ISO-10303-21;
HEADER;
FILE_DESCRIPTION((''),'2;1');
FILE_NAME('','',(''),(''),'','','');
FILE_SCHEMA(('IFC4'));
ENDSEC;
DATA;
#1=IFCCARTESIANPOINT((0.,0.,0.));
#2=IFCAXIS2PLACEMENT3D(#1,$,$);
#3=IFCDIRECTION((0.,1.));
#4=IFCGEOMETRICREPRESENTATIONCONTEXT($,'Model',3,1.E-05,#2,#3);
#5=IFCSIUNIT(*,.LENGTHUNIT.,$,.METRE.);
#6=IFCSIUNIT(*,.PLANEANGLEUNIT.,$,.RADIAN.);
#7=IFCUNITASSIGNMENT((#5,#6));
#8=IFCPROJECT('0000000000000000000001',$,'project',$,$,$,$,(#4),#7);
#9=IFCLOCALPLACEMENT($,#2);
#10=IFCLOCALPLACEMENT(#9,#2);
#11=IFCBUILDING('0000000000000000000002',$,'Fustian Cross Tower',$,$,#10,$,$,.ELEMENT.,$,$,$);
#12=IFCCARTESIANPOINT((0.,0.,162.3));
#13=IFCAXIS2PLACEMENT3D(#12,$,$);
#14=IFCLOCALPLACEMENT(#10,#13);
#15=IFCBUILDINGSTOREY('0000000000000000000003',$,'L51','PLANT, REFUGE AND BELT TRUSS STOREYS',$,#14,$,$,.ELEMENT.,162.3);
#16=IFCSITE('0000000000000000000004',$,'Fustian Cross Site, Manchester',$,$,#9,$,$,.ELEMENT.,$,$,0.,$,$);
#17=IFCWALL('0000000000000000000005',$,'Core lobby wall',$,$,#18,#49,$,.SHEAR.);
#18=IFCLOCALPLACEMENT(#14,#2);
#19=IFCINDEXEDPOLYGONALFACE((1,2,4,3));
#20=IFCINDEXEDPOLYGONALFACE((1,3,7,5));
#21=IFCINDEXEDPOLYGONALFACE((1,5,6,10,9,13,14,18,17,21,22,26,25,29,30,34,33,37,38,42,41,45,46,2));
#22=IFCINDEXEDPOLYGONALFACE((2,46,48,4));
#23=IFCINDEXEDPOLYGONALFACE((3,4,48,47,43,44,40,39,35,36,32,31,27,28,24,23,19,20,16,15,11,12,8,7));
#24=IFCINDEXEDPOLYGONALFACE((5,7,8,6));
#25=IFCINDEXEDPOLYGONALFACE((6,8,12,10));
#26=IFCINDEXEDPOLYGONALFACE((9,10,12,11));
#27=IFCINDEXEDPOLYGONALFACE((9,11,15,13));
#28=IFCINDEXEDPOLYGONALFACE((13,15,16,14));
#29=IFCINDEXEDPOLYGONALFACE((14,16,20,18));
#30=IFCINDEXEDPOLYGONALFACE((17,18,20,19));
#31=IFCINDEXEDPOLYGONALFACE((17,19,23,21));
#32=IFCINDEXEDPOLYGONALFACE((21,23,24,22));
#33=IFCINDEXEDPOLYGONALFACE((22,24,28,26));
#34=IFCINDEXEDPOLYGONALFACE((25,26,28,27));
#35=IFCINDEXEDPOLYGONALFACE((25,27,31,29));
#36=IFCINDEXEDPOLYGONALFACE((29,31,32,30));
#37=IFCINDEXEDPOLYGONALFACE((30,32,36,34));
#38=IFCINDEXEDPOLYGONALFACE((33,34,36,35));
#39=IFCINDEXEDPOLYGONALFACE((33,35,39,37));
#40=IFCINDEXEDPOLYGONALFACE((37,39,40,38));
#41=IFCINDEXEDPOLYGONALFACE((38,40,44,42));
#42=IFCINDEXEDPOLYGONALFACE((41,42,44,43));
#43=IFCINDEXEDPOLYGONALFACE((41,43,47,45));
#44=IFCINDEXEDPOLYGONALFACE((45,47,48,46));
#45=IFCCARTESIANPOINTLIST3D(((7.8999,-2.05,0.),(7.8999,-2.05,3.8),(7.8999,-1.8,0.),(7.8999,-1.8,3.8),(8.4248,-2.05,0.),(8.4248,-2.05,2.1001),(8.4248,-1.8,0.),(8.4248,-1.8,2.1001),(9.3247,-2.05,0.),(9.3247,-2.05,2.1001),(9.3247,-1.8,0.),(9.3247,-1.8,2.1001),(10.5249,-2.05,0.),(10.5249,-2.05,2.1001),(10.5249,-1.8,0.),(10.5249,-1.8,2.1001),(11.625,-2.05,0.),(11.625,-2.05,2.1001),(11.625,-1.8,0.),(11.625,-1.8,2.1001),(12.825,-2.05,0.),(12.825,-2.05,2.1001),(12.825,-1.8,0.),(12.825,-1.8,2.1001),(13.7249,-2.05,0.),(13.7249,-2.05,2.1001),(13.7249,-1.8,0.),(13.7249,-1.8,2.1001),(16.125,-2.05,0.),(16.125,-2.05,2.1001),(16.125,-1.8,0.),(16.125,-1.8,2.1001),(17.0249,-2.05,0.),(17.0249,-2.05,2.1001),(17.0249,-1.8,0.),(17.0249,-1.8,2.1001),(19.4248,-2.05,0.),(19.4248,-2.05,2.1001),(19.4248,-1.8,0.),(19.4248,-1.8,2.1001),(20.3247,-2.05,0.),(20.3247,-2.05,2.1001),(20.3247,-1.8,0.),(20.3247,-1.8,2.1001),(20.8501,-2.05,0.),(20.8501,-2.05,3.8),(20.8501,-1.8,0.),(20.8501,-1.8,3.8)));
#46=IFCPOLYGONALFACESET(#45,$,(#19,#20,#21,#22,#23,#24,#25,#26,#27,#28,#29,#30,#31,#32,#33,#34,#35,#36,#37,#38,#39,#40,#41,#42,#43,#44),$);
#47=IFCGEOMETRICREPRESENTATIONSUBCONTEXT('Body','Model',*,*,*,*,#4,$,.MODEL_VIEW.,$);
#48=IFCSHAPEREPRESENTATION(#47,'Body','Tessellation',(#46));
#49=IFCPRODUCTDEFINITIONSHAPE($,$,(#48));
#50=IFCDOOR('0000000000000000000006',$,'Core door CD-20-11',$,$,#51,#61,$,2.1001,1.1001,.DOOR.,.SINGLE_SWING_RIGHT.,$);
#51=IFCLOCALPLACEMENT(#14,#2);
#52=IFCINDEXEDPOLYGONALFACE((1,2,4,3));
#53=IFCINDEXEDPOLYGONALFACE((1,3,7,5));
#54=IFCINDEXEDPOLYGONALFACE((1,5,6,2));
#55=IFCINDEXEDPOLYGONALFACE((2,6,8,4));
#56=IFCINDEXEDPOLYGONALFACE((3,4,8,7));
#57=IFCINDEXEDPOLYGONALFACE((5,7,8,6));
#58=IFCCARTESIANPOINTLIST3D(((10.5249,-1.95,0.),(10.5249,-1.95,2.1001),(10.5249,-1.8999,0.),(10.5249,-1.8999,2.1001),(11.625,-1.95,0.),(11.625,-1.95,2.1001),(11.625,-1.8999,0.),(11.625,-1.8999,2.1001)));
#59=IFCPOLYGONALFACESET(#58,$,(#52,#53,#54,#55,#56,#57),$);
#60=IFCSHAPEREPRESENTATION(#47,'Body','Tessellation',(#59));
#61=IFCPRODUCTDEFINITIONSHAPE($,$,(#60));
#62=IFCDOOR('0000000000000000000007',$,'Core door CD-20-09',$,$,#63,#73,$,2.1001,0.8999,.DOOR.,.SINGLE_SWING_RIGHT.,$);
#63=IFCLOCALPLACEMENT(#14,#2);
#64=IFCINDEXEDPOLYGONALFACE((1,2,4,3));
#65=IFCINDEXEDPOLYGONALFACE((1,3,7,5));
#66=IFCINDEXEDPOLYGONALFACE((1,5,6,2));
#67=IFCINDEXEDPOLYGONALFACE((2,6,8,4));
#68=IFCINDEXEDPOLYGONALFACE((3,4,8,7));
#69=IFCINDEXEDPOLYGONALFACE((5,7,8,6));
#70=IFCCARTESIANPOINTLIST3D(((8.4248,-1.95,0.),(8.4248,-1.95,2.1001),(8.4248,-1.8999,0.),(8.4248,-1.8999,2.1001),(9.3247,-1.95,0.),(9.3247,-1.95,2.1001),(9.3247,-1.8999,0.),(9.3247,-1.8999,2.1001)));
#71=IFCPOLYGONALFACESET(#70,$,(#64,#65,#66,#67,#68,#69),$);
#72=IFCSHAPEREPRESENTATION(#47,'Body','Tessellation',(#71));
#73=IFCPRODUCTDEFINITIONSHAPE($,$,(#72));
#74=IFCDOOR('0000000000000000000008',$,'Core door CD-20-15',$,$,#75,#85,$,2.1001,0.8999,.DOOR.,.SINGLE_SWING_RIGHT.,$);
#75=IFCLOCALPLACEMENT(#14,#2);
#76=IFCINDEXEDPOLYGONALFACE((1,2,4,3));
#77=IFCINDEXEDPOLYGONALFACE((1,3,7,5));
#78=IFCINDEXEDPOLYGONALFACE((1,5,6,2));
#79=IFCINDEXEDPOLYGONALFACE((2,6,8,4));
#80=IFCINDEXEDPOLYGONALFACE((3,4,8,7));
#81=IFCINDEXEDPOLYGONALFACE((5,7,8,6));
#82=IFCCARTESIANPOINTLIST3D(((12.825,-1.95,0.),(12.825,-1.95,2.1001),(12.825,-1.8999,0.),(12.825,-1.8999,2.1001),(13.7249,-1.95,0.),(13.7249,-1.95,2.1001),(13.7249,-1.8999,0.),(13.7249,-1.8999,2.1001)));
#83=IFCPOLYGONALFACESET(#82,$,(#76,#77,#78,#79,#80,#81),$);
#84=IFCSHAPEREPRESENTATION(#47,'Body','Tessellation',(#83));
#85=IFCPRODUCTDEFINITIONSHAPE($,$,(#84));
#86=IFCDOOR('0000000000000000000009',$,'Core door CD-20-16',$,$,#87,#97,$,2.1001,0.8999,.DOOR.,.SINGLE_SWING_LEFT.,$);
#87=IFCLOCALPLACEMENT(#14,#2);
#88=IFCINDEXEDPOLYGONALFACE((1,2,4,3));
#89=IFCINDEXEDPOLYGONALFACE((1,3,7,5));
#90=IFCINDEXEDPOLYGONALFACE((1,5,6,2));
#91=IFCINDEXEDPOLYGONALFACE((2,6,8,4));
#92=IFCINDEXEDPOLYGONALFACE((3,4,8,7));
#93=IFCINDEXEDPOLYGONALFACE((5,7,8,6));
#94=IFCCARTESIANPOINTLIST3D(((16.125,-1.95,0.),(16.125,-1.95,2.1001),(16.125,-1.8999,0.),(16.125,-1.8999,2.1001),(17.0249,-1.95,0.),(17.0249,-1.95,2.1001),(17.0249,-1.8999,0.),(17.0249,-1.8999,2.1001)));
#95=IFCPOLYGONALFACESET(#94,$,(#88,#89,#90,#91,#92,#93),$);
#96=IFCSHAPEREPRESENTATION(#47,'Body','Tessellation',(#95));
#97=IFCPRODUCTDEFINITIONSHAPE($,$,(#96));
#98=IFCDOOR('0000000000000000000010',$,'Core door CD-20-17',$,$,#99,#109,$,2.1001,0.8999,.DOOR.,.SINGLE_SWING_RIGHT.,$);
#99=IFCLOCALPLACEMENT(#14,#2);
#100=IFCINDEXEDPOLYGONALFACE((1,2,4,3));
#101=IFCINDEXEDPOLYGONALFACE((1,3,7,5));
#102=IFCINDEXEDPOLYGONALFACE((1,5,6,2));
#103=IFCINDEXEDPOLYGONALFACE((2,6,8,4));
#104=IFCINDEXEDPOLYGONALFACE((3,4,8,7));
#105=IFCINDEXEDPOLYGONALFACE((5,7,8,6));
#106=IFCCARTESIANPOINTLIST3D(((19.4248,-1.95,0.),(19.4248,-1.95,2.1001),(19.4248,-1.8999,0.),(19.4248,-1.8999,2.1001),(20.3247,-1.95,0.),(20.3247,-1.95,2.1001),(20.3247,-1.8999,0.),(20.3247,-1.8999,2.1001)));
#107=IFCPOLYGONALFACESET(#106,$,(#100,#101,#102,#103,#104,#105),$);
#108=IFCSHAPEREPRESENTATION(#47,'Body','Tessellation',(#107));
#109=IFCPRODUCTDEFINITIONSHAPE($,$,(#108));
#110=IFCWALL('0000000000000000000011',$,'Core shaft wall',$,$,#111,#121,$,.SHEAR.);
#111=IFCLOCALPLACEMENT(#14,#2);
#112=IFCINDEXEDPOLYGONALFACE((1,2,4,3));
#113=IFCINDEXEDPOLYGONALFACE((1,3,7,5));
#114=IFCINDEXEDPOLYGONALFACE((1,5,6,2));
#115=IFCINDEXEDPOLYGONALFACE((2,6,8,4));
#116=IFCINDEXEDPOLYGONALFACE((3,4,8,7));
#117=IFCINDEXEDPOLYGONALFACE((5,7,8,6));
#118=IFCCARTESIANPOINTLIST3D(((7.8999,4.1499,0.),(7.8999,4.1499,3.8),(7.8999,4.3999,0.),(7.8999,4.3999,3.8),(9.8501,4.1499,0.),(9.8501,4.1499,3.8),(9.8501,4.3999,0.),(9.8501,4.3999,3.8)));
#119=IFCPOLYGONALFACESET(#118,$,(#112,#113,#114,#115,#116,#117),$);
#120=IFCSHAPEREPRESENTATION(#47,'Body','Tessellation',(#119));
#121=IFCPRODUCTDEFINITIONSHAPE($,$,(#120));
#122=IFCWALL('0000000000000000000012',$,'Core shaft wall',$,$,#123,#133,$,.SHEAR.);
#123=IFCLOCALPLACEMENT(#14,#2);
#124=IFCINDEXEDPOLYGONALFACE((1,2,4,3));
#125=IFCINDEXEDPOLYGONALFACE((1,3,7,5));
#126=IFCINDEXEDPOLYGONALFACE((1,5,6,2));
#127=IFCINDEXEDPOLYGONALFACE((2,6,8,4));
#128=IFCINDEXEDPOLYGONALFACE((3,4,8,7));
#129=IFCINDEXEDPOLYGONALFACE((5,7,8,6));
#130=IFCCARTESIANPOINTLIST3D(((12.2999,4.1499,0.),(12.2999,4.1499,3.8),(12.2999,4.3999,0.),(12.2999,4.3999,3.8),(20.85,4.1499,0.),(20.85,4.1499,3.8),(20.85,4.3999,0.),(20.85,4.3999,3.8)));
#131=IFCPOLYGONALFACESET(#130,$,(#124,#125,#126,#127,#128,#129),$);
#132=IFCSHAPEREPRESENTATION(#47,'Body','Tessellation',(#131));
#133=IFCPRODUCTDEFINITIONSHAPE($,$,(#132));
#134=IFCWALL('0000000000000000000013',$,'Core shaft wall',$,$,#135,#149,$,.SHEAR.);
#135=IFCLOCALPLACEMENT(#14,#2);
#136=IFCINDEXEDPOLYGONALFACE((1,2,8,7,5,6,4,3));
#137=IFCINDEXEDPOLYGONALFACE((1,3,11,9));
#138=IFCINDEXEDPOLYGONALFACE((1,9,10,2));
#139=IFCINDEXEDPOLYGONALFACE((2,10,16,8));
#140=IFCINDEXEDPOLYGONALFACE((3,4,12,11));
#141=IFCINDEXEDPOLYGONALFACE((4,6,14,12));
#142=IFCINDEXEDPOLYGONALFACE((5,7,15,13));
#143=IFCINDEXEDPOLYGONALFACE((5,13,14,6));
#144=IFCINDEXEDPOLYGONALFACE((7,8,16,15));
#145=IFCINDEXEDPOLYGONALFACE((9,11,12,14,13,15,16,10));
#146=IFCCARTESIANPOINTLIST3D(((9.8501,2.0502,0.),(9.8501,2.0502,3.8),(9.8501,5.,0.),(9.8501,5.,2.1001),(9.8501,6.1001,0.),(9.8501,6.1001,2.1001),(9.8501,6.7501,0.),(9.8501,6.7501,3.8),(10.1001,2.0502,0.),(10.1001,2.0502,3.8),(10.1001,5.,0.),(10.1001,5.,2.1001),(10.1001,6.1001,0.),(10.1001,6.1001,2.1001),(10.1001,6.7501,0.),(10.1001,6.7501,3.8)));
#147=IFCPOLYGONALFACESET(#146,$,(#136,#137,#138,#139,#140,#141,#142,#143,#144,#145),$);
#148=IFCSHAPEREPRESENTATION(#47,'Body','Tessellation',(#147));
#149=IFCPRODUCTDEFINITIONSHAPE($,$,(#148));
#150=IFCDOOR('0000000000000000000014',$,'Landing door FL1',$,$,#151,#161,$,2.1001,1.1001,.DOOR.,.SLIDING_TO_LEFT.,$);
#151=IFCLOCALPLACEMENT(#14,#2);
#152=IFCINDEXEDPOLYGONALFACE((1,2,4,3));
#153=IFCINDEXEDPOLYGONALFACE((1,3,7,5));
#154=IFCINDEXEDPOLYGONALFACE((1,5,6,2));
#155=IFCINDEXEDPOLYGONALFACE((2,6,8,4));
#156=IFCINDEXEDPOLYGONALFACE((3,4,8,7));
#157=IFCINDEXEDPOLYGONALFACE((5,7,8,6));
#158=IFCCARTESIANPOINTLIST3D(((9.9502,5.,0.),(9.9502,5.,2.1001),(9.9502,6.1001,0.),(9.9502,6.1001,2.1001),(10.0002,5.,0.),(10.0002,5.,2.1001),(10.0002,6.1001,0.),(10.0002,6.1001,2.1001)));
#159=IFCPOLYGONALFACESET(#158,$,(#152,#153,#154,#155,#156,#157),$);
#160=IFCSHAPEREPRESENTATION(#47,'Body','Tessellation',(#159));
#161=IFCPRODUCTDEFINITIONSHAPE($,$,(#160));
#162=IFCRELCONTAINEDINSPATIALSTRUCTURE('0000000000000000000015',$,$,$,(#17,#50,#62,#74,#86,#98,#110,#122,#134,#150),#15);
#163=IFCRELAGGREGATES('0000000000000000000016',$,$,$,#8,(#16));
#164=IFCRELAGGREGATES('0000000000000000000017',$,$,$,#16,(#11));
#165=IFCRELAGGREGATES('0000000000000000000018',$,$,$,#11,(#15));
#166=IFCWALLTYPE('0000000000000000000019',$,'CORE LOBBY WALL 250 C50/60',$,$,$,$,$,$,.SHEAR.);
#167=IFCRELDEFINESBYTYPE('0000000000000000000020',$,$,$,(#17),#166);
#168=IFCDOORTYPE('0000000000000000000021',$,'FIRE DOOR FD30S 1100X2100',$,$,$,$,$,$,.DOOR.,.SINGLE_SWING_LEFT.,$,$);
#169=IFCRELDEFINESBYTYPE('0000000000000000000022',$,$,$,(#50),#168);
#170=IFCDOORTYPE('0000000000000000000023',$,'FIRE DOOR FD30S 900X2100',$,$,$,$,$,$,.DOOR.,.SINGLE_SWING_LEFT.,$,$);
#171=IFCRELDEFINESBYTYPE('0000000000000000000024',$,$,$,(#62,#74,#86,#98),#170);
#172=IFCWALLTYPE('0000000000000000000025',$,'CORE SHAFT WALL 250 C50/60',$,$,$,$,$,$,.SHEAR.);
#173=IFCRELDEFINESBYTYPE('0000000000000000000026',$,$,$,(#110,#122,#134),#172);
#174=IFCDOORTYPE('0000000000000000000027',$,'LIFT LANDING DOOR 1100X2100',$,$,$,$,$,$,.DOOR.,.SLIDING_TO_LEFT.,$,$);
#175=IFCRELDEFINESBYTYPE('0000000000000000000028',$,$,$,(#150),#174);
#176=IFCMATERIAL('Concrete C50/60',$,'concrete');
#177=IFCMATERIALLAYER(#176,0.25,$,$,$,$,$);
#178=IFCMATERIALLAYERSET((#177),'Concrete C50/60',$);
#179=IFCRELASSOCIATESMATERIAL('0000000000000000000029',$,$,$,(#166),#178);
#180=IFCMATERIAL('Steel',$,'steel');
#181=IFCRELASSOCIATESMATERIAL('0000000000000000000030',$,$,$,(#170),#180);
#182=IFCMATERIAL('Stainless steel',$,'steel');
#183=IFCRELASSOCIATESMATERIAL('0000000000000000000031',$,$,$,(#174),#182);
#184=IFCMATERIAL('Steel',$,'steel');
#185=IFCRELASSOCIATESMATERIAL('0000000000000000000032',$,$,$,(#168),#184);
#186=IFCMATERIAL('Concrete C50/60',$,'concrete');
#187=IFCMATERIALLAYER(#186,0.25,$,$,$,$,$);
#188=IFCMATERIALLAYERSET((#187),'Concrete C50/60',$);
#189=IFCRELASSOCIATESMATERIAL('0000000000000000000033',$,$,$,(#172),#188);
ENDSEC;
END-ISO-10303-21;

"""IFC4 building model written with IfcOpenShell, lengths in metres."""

from ifc_helpers import new_model, si_unit, direction, frame, frame_2d, origin, place, context, subcontext, project, spatial, rectangle, extrude, material, layer, layer_set, type_object, element, fill, save


model = new_model("IFC4")

# Units and contexts
model_context = context("Model", 3, precision=1e-05, world=origin(), true_north=direction((0.0, 1.0)))
body_context = subcontext(model_context, "Body", "Model", "MODEL_VIEW")
ifc_project = project(units=[si_unit("LENGTHUNIT", "METRE"), si_unit("PLANEANGLEUNIT", "RADIAN")], contexts=[model_context])

# Site, building, storey
site_placement = place(None, origin())
site = spatial("IfcSite", under=ifc_project, at=site_placement, Name="Fustian Cross Site, Manchester", CompositionType="ELEMENT", RefElevation=0.0)
building_placement = place(site_placement, origin())
building = spatial("IfcBuilding", under=site, at=building_placement, Name="Fustian Cross Tower", CompositionType="ELEMENT")
storey_placement = place(building_placement, frame((0.0, 0.0, 162.3)))
storey = spatial("IfcBuildingStorey", under=building, at=storey_placement, Name="L51", Description="PLANT, REFUGE AND BELT TRUSS STOREYS", CompositionType="ELEMENT", Elevation=162.3)

# Wall, openings, doors
ifc_material_1 = material(Name="Concrete C50/60", Category="concrete")
ifc_layer_1 = layer(ifc_material_1, 0.25)
ifc_layer_set_1 = layer_set([ifc_layer_1], Name="Concrete C50/60")
wall_type_1 = type_object("IfcWallType", Name="CORE LOBBY WALL 250 C50/60", PredefinedType="SHEAR", material=ifc_layer_set_1)
ifc_material_2 = material(Name="Steel", Category="steel")
door_type_1 = type_object("IfcDoorType", Name="FIRE DOOR FD30S 900X2100", OperationType="SINGLE_SWING_LEFT", PredefinedType="DOOR", material=ifc_material_2)
ifc_material_3 = material(Name="Stainless steel", Category="steel")
door_type_2 = type_object("IfcDoorType", Name="LIFT LANDING DOOR 1100X2100", OperationType="SLIDING_TO_LEFT", PredefinedType="DOOR", material=ifc_material_3)
wall_1_placement = place(storey_placement, frame((7.8999, -1.925, 0.0), z_axis=(0.0, 0.0, 1.0), x_axis=(1.0, 0.0, 0.0)))
wall_1 = element("IfcWall", 1, at=wall_1_placement, inside=storey, type_object=wall_type_1, Name="Core lobby wall", PredefinedType="SHEAR", context=body_context, shape_type="SweptSolid", body=[
    extrude(rectangle(XDim=12.9502, YDim=0.25, at=frame_2d((6.4751, 0.0))), origin(), (0.0, 0.0, 1.0), 3.8),
])
opening_1_placement = place(wall_1_placement, frame((0.5249, 0.0, 0.0)))
opening_1 = element("IfcOpeningElement", 2, at=opening_1_placement, cuts=wall_1, PredefinedType="OPENING", context=body_context, shape_type="SweptSolid", body=[
    extrude(rectangle(XDim=0.8999, YDim=2.1001, at=frame_2d((0.45, 1.05))), frame((0.0, 0.135, 0.0), z_axis=(0.0, -1.0, 0.0), x_axis=(1.0, 0.0, 0.0)), (0.0, 0.0, 1.0), 0.27),
])
opening_2_placement = place(wall_1_placement, frame((2.625, 0.0, 0.0)))
opening_2 = element("IfcOpeningElement", 3, at=opening_2_placement, cuts=wall_1, PredefinedType="OPENING", context=body_context, shape_type="SweptSolid", body=[
    extrude(rectangle(XDim=1.1001, YDim=2.1001, at=frame_2d((0.55, 1.05))), frame((0.0, 0.135, 0.0), z_axis=(0.0, -1.0, 0.0), x_axis=(1.0, 0.0, 0.0)), (0.0, 0.0, 1.0), 0.27),
])
opening_3_placement = place(wall_1_placement, frame((4.925, 0.0, 0.0)))
opening_3 = element("IfcOpeningElement", 4, at=opening_3_placement, cuts=wall_1, PredefinedType="OPENING", context=body_context, shape_type="SweptSolid", body=[
    extrude(rectangle(XDim=0.8999, YDim=2.1001, at=frame_2d((0.45, 1.05))), frame((0.0, 0.135, 0.0), z_axis=(0.0, -1.0, 0.0), x_axis=(1.0, 0.0, 0.0)), (0.0, 0.0, 1.0), 0.27),
])
opening_4_placement = place(wall_1_placement, frame((8.2251, 0.0, 0.0)))
opening_4 = element("IfcOpeningElement", 5, at=opening_4_placement, cuts=wall_1, PredefinedType="OPENING", context=body_context, shape_type="SweptSolid", body=[
    extrude(rectangle(XDim=0.8999, YDim=2.1001, at=frame_2d((0.45, 1.05))), frame((0.0, 0.135, 0.0), z_axis=(0.0, -1.0, 0.0), x_axis=(1.0, 0.0, 0.0)), (0.0, 0.0, 1.0), 0.27),
])
opening_5_placement = place(wall_1_placement, frame((11.5249, 0.0, 0.0)))
opening_5 = element("IfcOpeningElement", 6, at=opening_5_placement, cuts=wall_1, PredefinedType="OPENING", context=body_context, shape_type="SweptSolid", body=[
    extrude(rectangle(XDim=0.8999, YDim=2.1001, at=frame_2d((0.45, 1.05))), frame((0.0, 0.135, 0.0), z_axis=(0.0, -1.0, 0.0), x_axis=(1.0, 0.0, 0.0)), (0.0, 0.0, 1.0), 0.27),
])
ifc_material_4 = material(Name="Steel", Category="steel")
door_type_3 = type_object("IfcDoorType", Name="FIRE DOOR FD30S 1100X2100", OperationType="SINGLE_SWING_LEFT", PredefinedType="DOOR", material=ifc_material_4)
door_1_placement = place(opening_2_placement, frame((1.1001, 0.0, 0.0), z_axis=(0.0, 0.0, 1.0), x_axis=(-1.0, 0.0, 0.0)))
door_1 = element("IfcDoor", 7, at=door_1_placement, inside=storey, type_object=door_type_3, Name="Core door CD-20-11", OperationType="SINGLE_SWING_RIGHT", OverallHeight=2.1001, OverallWidth=1.1001, PredefinedType="DOOR", context=body_context, shape_type="SweptSolid", body=[
    extrude(rectangle(XDim=1.1001, YDim=2.1001, at=frame_2d((0.55, 1.05))), frame((0.0, 0.0249, 0.0), z_axis=(0.0, -1.0, 0.0), x_axis=(1.0, 0.0, 0.0)), (0.0, 0.0, 1.0), 0.05),
])
fill(opening_2, door_1)
door_2_placement = place(opening_1_placement, frame((0.8999, 0.0, 0.0), z_axis=(0.0, 0.0, 1.0), x_axis=(-1.0, 0.0, 0.0)))
door_2 = element("IfcDoor", 8, at=door_2_placement, inside=storey, type_object=door_type_1, Name="Core door CD-20-09", OperationType="SINGLE_SWING_RIGHT", OverallHeight=2.1001, OverallWidth=0.8999, PredefinedType="DOOR", context=body_context, shape_type="SweptSolid", body=[
    extrude(rectangle(XDim=0.8999, YDim=2.1001, at=frame_2d((0.45, 1.05))), frame((0.0, 0.0249, 0.0), z_axis=(0.0, -1.0, 0.0), x_axis=(1.0, 0.0, 0.0)), (0.0, 0.0, 1.0), 0.05),
])
fill(opening_1, door_2)
door_3_placement = place(opening_3_placement, frame((0.8999, 0.0, 0.0), z_axis=(0.0, 0.0, 1.0), x_axis=(-1.0, 0.0, 0.0)))
door_3 = element("IfcDoor", 9, at=door_3_placement, inside=storey, type_object=door_type_1, Name="Core door CD-20-15", OperationType="SINGLE_SWING_RIGHT", OverallHeight=2.1001, OverallWidth=0.8999, PredefinedType="DOOR", context=body_context, shape_type="SweptSolid", body=[
    extrude(rectangle(XDim=0.8999, YDim=2.1001, at=frame_2d((0.45, 1.05))), frame((0.0, 0.0249, 0.0), z_axis=(0.0, -1.0, 0.0), x_axis=(1.0, 0.0, 0.0)), (0.0, 0.0, 1.0), 0.05),
])
fill(opening_3, door_3)
door_4_placement = place(opening_4_placement, frame((0.8999, 0.0, 0.0), z_axis=(0.0, 0.0, 1.0), x_axis=(-1.0, 0.0, 0.0)))
door_4 = element("IfcDoor", 10, at=door_4_placement, inside=storey, type_object=door_type_1, Name="Core door CD-20-16", OperationType="SINGLE_SWING_LEFT", OverallHeight=2.1001, OverallWidth=0.8999, PredefinedType="DOOR", context=body_context, shape_type="SweptSolid", body=[
    extrude(rectangle(XDim=0.8999, YDim=2.1001, at=frame_2d((0.45, 1.05))), frame((0.0, 0.0249, 0.0), z_axis=(0.0, -1.0, 0.0), x_axis=(1.0, 0.0, 0.0)), (0.0, 0.0, 1.0), 0.05),
])
fill(opening_4, door_4)
door_5_placement = place(opening_5_placement, frame((0.8999, 0.0, 0.0), z_axis=(0.0, 0.0, 1.0), x_axis=(-1.0, 0.0, 0.0)))
door_5 = element("IfcDoor", 11, at=door_5_placement, inside=storey, type_object=door_type_1, Name="Core door CD-20-17", OperationType="SINGLE_SWING_RIGHT", OverallHeight=2.1001, OverallWidth=0.8999, PredefinedType="DOOR", context=body_context, shape_type="SweptSolid", body=[
    extrude(rectangle(XDim=0.8999, YDim=2.1001, at=frame_2d((0.45, 1.05))), frame((0.0, 0.0249, 0.0), z_axis=(0.0, -1.0, 0.0), x_axis=(1.0, 0.0, 0.0)), (0.0, 0.0, 1.0), 0.05),
])
fill(opening_5, door_5)

# Walls
ifc_material_5 = material(Name="Concrete C50/60", Category="concrete")
ifc_layer_2 = layer(ifc_material_5, 0.25)
ifc_layer_set_2 = layer_set([ifc_layer_2], Name="Concrete C50/60")
wall_type_2 = type_object("IfcWallType", Name="CORE SHAFT WALL 250 C50/60", PredefinedType="SHEAR", material=ifc_layer_set_2)
wall_2_placement = place(storey_placement, frame((7.8999, 4.2749, 0.0), z_axis=(0.0, 0.0, 1.0), x_axis=(1.0, 0.0, 0.0)))
element("IfcWall", 12, at=wall_2_placement, inside=storey, type_object=wall_type_2, Name="Core shaft wall", PredefinedType="SHEAR", context=body_context, shape_type="SweptSolid", body=[
    extrude(rectangle(XDim=1.9502, YDim=0.25, at=frame_2d((0.9751, 0.0))), origin(), (0.0, 0.0, 1.0), 3.8),
])
wall_3_placement = place(storey_placement, frame((12.3, 4.2749, 0.0), z_axis=(0.0, 0.0, 1.0), x_axis=(1.0, 0.0, 0.0)))
element("IfcWall", 13, at=wall_3_placement, inside=storey, type_object=wall_type_2, Name="Core shaft wall", PredefinedType="SHEAR", context=body_context, shape_type="SweptSolid", body=[
    extrude(rectangle(XDim=8.55, YDim=0.25, at=frame_2d((4.2749, 0.0))), origin(), (0.0, 0.0, 1.0), 3.8),
])

# Wall, opening, door
wall_4_placement = place(storey_placement, frame((9.9751, 2.05, 0.0), z_axis=(0.0, 0.0, 1.0), x_axis=(0.0, 1.0, 0.0)))
wall_4 = element("IfcWall", 14, at=wall_4_placement, inside=storey, type_object=wall_type_2, Name="Core shaft wall", PredefinedType="SHEAR", context=body_context, shape_type="SweptSolid", body=[
    extrude(rectangle(XDim=4.7, YDim=0.25, at=frame_2d((2.3501, 0.0))), origin(), (0.0, 0.0, 1.0), 3.8),
])
opening_6_placement = place(wall_4_placement, frame((2.95, 0.0, 0.0)))
opening_6 = element("IfcOpeningElement", 15, at=opening_6_placement, cuts=wall_4, PredefinedType="OPENING", context=body_context, shape_type="SweptSolid", body=[
    extrude(rectangle(XDim=1.1001, YDim=2.1001, at=frame_2d((0.55, 1.05))), frame((0.0, 0.135, 0.0), z_axis=(0.0, -1.0, 0.0), x_axis=(1.0, 0.0, 0.0)), (0.0, 0.0, 1.0), 0.27),
])
door_6_placement = place(opening_6_placement, origin())
door_6 = element("IfcDoor", 16, at=door_6_placement, inside=storey, type_object=door_type_2, Name="Landing door FL1", OperationType="SLIDING_TO_LEFT", OverallHeight=2.1001, OverallWidth=1.1001, PredefinedType="DOOR", context=body_context, shape_type="SweptSolid", body=[
    extrude(rectangle(XDim=1.1001, YDim=2.1001, at=frame_2d((0.55, 1.05))), frame((0.0, 0.0249, 0.0), z_axis=(0.0, -1.0, 0.0), x_axis=(1.0, 0.0, 0.0)), (0.0, 0.0, 1.0), 0.05),
])
fill(opening_6, door_6)

save(model, "model.ifc")
